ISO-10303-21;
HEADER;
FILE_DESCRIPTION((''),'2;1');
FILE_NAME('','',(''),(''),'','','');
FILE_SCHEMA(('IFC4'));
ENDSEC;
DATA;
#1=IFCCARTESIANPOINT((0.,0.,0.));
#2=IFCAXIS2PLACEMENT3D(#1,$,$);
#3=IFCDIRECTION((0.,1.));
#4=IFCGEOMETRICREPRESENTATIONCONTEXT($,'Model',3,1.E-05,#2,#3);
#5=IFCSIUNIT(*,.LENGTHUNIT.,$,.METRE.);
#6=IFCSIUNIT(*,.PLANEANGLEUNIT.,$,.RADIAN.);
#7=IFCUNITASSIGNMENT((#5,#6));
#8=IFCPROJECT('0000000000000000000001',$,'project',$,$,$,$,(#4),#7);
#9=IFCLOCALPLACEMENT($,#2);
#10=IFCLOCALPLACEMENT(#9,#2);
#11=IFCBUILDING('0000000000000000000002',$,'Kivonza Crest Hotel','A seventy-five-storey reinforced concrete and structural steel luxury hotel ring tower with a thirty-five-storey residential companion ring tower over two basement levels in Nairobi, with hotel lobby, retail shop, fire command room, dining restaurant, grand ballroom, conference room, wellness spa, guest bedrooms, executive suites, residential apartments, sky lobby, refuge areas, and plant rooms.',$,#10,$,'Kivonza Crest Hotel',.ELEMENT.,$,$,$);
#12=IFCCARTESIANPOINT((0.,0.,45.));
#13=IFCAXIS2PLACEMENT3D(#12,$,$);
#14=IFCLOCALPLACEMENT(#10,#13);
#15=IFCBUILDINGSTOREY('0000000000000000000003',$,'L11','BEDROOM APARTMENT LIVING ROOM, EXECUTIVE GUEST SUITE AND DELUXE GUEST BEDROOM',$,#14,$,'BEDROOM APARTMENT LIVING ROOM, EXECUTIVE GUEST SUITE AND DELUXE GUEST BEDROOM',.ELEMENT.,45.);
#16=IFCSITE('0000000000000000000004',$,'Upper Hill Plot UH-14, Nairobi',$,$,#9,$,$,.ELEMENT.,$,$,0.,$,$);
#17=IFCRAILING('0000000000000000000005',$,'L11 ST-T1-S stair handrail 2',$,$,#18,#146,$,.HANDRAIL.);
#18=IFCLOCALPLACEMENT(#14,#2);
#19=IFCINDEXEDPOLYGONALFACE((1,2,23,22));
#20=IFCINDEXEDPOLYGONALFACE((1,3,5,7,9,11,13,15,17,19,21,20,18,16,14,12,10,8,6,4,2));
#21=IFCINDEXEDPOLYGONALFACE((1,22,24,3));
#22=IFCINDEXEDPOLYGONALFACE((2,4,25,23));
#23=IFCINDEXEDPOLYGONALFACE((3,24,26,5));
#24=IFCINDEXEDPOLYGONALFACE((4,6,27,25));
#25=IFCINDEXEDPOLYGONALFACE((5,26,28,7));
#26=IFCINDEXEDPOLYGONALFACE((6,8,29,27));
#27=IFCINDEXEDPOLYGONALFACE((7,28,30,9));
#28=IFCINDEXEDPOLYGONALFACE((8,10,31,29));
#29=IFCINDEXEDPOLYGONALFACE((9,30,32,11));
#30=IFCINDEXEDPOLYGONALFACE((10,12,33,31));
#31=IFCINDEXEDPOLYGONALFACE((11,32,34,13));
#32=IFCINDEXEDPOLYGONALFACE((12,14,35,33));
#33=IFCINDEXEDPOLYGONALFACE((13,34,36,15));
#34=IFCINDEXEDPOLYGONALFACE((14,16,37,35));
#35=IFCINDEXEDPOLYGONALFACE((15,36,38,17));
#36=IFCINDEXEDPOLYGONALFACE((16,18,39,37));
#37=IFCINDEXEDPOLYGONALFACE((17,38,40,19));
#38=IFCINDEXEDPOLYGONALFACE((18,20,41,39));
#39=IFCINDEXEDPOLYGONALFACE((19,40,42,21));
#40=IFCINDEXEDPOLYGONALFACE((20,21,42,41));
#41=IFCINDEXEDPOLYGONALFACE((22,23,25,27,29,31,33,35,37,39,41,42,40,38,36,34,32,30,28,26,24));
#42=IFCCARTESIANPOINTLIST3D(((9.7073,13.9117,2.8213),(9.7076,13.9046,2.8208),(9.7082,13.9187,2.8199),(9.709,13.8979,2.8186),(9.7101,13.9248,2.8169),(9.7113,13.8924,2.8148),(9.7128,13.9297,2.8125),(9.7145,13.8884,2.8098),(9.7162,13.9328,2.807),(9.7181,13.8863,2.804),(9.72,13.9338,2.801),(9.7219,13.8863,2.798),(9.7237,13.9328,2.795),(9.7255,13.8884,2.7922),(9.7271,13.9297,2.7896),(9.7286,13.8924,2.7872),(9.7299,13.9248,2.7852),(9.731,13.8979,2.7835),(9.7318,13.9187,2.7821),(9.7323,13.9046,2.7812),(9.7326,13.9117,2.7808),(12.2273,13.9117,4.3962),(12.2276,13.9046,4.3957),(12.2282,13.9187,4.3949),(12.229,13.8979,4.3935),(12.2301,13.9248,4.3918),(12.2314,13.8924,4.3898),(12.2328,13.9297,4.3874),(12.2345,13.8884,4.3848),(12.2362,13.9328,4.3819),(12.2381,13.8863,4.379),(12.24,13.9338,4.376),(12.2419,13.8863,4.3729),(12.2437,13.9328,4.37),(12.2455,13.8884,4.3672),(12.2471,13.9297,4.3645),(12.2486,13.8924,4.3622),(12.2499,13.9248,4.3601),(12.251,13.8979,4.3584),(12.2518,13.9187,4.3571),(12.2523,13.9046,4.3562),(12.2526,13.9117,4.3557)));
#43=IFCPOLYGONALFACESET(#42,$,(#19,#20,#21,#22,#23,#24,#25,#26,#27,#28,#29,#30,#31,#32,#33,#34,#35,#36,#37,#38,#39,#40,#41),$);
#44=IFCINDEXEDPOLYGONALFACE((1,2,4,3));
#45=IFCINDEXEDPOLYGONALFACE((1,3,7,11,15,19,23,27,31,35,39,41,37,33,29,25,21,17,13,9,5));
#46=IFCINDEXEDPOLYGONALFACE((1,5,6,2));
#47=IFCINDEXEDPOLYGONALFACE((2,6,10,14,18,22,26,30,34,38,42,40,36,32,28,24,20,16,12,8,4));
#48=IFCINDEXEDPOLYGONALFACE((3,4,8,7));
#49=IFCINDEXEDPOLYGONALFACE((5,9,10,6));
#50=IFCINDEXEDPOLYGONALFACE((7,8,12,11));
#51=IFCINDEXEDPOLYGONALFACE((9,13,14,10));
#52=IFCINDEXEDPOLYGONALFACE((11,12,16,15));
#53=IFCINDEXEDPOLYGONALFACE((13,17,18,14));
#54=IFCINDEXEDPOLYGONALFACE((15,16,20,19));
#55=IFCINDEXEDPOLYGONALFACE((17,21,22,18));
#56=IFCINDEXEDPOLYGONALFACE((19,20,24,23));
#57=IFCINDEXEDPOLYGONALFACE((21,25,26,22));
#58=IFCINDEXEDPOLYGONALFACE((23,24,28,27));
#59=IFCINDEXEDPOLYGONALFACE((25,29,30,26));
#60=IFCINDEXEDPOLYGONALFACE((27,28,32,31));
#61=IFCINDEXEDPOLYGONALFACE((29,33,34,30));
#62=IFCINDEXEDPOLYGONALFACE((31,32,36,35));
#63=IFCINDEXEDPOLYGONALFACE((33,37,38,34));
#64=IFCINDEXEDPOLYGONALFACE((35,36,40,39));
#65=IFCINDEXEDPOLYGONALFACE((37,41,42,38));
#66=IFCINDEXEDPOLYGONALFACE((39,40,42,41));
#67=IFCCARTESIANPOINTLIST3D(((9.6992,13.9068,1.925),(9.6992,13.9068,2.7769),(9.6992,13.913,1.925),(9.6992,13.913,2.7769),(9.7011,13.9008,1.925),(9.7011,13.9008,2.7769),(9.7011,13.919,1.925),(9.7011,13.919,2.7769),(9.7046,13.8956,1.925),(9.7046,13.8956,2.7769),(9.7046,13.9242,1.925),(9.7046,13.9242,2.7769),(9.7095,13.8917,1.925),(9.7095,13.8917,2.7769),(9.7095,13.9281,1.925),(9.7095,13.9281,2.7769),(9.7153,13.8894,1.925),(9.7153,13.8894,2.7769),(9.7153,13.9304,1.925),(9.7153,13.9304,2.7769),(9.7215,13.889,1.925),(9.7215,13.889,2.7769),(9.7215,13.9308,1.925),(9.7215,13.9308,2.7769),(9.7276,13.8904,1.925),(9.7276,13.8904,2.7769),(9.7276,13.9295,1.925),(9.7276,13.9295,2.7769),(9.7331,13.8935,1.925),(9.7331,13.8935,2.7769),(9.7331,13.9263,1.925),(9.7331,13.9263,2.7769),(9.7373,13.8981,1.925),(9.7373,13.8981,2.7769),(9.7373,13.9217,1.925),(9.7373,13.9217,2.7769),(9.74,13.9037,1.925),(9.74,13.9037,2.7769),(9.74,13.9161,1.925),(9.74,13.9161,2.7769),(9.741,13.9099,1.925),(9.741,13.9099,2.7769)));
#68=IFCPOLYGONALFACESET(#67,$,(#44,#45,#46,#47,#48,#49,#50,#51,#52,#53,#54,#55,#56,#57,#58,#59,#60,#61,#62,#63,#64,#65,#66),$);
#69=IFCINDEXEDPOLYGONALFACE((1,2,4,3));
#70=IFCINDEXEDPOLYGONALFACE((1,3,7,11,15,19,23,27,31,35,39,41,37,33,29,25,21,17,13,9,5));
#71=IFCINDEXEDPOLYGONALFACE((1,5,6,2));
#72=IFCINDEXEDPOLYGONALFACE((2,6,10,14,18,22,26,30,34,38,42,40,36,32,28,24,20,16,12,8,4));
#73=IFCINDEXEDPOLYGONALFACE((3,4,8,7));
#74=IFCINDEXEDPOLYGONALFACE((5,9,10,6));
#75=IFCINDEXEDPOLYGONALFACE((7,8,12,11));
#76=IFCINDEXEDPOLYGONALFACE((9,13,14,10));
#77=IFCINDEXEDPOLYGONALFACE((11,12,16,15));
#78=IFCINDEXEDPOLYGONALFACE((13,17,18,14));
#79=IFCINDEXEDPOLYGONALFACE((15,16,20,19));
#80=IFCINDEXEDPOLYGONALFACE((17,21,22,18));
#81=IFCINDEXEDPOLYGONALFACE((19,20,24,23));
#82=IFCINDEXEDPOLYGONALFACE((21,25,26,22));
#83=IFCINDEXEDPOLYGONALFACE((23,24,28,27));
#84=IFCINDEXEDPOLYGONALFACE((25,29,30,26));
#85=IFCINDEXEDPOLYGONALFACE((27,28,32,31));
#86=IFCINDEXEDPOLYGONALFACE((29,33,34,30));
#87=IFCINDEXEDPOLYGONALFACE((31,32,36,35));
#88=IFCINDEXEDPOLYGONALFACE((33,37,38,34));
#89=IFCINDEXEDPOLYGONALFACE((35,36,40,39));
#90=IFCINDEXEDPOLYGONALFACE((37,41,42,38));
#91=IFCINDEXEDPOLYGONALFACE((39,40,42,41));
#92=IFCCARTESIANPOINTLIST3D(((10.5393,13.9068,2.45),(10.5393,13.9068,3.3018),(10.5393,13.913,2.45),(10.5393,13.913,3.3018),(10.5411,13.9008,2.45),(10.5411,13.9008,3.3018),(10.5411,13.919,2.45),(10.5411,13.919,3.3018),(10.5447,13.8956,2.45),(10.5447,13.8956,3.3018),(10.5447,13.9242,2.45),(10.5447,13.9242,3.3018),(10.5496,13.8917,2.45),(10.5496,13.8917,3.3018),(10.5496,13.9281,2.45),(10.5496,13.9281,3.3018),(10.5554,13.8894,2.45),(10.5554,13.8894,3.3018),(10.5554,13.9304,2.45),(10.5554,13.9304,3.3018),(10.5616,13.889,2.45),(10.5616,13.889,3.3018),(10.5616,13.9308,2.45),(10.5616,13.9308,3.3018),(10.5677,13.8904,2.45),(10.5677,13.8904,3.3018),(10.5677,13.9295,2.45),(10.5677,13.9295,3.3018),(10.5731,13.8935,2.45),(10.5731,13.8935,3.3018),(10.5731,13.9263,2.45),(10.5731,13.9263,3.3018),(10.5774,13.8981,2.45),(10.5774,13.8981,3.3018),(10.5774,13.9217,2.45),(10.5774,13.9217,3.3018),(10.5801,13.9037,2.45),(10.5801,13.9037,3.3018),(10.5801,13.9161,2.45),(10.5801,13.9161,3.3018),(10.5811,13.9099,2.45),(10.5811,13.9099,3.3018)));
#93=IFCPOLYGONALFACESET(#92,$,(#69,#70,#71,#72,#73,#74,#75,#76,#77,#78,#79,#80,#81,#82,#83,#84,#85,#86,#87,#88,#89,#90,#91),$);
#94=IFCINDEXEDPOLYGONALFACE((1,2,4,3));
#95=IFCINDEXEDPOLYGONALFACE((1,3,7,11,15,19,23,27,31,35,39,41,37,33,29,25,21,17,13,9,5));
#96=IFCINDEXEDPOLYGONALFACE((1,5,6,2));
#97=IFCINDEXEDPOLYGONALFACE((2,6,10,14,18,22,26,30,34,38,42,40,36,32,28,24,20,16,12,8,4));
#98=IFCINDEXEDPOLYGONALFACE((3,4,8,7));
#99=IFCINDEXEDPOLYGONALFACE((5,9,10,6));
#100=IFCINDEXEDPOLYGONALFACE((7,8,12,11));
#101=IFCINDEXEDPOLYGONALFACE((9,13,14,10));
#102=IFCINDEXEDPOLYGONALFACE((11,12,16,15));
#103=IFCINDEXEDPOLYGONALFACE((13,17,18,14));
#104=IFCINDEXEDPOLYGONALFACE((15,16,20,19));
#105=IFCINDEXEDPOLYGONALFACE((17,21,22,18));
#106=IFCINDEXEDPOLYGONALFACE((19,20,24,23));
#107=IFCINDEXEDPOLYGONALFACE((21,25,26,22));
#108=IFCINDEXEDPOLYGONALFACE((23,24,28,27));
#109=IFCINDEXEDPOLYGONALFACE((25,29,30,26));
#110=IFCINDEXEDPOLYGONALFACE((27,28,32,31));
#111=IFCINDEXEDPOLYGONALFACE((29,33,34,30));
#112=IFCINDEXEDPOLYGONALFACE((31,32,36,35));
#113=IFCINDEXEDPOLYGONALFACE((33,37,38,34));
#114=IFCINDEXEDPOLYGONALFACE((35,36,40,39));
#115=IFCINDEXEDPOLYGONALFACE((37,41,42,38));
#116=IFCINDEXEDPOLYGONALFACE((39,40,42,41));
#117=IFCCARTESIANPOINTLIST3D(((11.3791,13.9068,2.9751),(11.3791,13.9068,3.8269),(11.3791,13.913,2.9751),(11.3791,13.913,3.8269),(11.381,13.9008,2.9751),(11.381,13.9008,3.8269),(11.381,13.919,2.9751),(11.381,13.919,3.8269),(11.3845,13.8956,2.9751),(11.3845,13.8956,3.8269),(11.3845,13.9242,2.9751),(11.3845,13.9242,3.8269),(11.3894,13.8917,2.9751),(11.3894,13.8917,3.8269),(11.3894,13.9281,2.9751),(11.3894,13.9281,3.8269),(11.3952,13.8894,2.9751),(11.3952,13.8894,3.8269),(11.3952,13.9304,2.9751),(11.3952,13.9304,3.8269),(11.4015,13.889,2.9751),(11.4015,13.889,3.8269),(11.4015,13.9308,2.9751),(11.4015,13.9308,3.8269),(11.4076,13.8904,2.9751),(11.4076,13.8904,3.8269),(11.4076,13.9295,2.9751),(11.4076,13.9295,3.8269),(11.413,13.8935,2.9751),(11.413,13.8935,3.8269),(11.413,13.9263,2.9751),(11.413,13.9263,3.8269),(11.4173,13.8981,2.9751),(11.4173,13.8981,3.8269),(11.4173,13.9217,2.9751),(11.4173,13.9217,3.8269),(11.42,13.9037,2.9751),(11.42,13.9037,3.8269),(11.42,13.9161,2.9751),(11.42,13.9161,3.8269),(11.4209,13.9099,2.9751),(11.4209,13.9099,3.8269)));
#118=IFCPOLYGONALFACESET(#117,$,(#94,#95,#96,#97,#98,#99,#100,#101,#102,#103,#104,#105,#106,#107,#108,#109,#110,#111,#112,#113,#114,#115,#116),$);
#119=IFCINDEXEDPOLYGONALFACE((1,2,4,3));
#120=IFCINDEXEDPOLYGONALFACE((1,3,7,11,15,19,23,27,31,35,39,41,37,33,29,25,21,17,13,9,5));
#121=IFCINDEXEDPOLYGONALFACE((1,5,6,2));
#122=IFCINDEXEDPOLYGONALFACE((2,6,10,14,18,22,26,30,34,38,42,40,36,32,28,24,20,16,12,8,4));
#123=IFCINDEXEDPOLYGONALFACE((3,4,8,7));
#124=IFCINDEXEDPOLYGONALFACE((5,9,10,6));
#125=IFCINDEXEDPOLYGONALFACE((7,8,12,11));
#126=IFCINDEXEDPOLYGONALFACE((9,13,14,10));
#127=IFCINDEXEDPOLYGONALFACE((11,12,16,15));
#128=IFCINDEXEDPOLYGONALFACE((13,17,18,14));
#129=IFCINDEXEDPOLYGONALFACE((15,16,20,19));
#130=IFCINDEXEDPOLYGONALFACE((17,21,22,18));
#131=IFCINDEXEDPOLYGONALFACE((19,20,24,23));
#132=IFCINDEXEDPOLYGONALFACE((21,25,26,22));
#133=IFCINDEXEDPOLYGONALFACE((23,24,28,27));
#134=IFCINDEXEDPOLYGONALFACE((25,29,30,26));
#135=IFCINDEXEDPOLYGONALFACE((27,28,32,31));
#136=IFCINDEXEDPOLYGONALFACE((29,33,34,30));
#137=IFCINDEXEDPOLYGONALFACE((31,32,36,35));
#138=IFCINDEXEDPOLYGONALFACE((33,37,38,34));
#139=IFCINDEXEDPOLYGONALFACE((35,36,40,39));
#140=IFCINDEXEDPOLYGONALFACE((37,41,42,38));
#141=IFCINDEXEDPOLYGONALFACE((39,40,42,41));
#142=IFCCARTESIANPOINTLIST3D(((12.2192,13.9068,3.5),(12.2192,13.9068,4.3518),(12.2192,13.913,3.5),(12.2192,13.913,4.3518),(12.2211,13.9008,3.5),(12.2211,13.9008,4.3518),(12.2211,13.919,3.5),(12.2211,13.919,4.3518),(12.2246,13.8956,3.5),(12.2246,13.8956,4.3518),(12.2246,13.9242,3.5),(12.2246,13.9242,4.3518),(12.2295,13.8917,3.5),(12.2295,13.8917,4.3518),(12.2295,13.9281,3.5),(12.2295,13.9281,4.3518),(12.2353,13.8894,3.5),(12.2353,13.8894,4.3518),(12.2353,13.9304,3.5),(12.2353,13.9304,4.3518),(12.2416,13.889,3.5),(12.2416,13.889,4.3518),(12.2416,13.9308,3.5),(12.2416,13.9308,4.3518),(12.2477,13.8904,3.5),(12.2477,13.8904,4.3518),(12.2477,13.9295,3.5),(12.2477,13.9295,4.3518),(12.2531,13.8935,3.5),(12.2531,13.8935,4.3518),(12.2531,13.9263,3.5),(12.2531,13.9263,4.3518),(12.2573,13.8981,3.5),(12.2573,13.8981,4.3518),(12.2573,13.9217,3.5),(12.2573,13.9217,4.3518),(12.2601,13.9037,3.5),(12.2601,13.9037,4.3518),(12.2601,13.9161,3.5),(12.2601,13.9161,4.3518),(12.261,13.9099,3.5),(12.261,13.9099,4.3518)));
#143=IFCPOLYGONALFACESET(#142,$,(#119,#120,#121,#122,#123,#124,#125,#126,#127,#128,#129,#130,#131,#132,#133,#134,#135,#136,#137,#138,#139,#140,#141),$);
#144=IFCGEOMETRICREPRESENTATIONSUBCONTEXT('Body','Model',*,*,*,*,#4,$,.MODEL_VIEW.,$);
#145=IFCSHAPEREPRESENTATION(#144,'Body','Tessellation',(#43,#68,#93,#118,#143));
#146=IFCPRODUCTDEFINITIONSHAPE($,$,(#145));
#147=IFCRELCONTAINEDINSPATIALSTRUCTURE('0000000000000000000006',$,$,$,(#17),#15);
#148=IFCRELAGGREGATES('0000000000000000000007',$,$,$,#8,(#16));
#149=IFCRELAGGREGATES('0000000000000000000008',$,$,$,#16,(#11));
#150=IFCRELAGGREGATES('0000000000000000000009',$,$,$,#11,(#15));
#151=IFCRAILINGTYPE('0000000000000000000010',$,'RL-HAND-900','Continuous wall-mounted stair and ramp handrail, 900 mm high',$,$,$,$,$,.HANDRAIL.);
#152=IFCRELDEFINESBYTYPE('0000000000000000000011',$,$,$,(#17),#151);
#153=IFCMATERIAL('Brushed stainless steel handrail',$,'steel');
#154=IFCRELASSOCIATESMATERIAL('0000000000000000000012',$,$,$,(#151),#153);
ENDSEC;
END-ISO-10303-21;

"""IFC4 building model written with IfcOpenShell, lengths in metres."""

from ifc_helpers import new_model, si_unit, direction, frame, origin, origin_2d, place, context, subcontext, project, spatial, circle, extrude, material, type_object, element, save


model = new_model("IFC4")

# Units and contexts
model_context = context("Model", 3, precision=1e-05, world=origin(), true_north=direction((0.0, 1.0)))
body_context = subcontext(model_context, "Body", "Model", "MODEL_VIEW")
ifc_project = project(units=[si_unit("LENGTHUNIT", "METRE"), si_unit("PLANEANGLEUNIT", "RADIAN")], contexts=[model_context])

# Site, building, storey
site_placement = place(None, origin())
site = spatial("IfcSite", under=ifc_project, at=site_placement, Name="Upper Hill Plot UH-14, Nairobi", CompositionType="ELEMENT", RefElevation=0.0)
building_placement = place(site_placement, origin())
building = spatial("IfcBuilding", under=site, at=building_placement, Name="Kivonza Crest Hotel", Description="A seventy-five-storey reinforced concrete and structural steel luxury hotel ring tower with a thirty-five-storey residential companion ring tower over two basement levels in Nairobi, with hotel lobby, retail shop, fire command room, dining restaurant, grand ballroom, conference room, wellness spa, guest bedrooms, executive suites, residential apartments, sky lobby, refuge areas, and plant rooms.", LongName="Kivonza Crest Hotel", CompositionType="ELEMENT")
storey_placement = place(building_placement, frame((0.0, 0.0, 45.0)))
storey = spatial("IfcBuildingStorey", under=building, at=storey_placement, Name="L11", Description="BEDROOM APARTMENT LIVING ROOM, EXECUTIVE GUEST SUITE AND DELUXE GUEST BEDROOM", LongName="BEDROOM APARTMENT LIVING ROOM, EXECUTIVE GUEST SUITE AND DELUXE GUEST BEDROOM", CompositionType="ELEMENT", Elevation=45.0)

# Railing
ifc_material_1 = material(Name="Brushed stainless steel handrail", Category="steel")
railing_type_1 = type_object("IfcRailingType", Name="RL-HAND-900", Description="Continuous wall-mounted stair and ramp handrail, 900 mm high", PredefinedType="HANDRAIL", material=ifc_material_1)
railing_1_placement = place(storey_placement, frame((9.72, 13.9099, 1.925)))
element("IfcRailing", 1, at=railing_1_placement, inside=storey, type_object=railing_type_1, Name="L11 ST-T1-S stair handrail 2", PredefinedType="HANDRAIL", context=body_context, shape_type="SweptSolid", body=[
    extrude(circle(Radius=0.0239, at=origin_2d()), frame((0.0, 0.0, 0.876), z_axis=(0.848008, 0.0, 0.529984), x_axis=(0.0, 1.0, 0.0)), (0.0, 0.0, 1.0), 2.9717),
    extrude(circle(Radius=0.021, at=origin_2d()), origin(), (0.0, 0.0, 1.0), 0.8518),
    extrude(circle(Radius=0.021, at=origin_2d()), frame((0.8401, 0.0, 0.5249)), (0.0, 0.0, 1.0), 0.8518),
    extrude(circle(Radius=0.021, at=origin_2d()), frame((1.6799, 0.0, 1.05)), (0.0, 0.0, 1.0), 0.8518),
    extrude(circle(Radius=0.021, at=origin_2d()), frame((2.52, 0.0, 1.575)), (0.0, 0.0, 1.0), 0.8518),
])

save(model, "model.ifc")
